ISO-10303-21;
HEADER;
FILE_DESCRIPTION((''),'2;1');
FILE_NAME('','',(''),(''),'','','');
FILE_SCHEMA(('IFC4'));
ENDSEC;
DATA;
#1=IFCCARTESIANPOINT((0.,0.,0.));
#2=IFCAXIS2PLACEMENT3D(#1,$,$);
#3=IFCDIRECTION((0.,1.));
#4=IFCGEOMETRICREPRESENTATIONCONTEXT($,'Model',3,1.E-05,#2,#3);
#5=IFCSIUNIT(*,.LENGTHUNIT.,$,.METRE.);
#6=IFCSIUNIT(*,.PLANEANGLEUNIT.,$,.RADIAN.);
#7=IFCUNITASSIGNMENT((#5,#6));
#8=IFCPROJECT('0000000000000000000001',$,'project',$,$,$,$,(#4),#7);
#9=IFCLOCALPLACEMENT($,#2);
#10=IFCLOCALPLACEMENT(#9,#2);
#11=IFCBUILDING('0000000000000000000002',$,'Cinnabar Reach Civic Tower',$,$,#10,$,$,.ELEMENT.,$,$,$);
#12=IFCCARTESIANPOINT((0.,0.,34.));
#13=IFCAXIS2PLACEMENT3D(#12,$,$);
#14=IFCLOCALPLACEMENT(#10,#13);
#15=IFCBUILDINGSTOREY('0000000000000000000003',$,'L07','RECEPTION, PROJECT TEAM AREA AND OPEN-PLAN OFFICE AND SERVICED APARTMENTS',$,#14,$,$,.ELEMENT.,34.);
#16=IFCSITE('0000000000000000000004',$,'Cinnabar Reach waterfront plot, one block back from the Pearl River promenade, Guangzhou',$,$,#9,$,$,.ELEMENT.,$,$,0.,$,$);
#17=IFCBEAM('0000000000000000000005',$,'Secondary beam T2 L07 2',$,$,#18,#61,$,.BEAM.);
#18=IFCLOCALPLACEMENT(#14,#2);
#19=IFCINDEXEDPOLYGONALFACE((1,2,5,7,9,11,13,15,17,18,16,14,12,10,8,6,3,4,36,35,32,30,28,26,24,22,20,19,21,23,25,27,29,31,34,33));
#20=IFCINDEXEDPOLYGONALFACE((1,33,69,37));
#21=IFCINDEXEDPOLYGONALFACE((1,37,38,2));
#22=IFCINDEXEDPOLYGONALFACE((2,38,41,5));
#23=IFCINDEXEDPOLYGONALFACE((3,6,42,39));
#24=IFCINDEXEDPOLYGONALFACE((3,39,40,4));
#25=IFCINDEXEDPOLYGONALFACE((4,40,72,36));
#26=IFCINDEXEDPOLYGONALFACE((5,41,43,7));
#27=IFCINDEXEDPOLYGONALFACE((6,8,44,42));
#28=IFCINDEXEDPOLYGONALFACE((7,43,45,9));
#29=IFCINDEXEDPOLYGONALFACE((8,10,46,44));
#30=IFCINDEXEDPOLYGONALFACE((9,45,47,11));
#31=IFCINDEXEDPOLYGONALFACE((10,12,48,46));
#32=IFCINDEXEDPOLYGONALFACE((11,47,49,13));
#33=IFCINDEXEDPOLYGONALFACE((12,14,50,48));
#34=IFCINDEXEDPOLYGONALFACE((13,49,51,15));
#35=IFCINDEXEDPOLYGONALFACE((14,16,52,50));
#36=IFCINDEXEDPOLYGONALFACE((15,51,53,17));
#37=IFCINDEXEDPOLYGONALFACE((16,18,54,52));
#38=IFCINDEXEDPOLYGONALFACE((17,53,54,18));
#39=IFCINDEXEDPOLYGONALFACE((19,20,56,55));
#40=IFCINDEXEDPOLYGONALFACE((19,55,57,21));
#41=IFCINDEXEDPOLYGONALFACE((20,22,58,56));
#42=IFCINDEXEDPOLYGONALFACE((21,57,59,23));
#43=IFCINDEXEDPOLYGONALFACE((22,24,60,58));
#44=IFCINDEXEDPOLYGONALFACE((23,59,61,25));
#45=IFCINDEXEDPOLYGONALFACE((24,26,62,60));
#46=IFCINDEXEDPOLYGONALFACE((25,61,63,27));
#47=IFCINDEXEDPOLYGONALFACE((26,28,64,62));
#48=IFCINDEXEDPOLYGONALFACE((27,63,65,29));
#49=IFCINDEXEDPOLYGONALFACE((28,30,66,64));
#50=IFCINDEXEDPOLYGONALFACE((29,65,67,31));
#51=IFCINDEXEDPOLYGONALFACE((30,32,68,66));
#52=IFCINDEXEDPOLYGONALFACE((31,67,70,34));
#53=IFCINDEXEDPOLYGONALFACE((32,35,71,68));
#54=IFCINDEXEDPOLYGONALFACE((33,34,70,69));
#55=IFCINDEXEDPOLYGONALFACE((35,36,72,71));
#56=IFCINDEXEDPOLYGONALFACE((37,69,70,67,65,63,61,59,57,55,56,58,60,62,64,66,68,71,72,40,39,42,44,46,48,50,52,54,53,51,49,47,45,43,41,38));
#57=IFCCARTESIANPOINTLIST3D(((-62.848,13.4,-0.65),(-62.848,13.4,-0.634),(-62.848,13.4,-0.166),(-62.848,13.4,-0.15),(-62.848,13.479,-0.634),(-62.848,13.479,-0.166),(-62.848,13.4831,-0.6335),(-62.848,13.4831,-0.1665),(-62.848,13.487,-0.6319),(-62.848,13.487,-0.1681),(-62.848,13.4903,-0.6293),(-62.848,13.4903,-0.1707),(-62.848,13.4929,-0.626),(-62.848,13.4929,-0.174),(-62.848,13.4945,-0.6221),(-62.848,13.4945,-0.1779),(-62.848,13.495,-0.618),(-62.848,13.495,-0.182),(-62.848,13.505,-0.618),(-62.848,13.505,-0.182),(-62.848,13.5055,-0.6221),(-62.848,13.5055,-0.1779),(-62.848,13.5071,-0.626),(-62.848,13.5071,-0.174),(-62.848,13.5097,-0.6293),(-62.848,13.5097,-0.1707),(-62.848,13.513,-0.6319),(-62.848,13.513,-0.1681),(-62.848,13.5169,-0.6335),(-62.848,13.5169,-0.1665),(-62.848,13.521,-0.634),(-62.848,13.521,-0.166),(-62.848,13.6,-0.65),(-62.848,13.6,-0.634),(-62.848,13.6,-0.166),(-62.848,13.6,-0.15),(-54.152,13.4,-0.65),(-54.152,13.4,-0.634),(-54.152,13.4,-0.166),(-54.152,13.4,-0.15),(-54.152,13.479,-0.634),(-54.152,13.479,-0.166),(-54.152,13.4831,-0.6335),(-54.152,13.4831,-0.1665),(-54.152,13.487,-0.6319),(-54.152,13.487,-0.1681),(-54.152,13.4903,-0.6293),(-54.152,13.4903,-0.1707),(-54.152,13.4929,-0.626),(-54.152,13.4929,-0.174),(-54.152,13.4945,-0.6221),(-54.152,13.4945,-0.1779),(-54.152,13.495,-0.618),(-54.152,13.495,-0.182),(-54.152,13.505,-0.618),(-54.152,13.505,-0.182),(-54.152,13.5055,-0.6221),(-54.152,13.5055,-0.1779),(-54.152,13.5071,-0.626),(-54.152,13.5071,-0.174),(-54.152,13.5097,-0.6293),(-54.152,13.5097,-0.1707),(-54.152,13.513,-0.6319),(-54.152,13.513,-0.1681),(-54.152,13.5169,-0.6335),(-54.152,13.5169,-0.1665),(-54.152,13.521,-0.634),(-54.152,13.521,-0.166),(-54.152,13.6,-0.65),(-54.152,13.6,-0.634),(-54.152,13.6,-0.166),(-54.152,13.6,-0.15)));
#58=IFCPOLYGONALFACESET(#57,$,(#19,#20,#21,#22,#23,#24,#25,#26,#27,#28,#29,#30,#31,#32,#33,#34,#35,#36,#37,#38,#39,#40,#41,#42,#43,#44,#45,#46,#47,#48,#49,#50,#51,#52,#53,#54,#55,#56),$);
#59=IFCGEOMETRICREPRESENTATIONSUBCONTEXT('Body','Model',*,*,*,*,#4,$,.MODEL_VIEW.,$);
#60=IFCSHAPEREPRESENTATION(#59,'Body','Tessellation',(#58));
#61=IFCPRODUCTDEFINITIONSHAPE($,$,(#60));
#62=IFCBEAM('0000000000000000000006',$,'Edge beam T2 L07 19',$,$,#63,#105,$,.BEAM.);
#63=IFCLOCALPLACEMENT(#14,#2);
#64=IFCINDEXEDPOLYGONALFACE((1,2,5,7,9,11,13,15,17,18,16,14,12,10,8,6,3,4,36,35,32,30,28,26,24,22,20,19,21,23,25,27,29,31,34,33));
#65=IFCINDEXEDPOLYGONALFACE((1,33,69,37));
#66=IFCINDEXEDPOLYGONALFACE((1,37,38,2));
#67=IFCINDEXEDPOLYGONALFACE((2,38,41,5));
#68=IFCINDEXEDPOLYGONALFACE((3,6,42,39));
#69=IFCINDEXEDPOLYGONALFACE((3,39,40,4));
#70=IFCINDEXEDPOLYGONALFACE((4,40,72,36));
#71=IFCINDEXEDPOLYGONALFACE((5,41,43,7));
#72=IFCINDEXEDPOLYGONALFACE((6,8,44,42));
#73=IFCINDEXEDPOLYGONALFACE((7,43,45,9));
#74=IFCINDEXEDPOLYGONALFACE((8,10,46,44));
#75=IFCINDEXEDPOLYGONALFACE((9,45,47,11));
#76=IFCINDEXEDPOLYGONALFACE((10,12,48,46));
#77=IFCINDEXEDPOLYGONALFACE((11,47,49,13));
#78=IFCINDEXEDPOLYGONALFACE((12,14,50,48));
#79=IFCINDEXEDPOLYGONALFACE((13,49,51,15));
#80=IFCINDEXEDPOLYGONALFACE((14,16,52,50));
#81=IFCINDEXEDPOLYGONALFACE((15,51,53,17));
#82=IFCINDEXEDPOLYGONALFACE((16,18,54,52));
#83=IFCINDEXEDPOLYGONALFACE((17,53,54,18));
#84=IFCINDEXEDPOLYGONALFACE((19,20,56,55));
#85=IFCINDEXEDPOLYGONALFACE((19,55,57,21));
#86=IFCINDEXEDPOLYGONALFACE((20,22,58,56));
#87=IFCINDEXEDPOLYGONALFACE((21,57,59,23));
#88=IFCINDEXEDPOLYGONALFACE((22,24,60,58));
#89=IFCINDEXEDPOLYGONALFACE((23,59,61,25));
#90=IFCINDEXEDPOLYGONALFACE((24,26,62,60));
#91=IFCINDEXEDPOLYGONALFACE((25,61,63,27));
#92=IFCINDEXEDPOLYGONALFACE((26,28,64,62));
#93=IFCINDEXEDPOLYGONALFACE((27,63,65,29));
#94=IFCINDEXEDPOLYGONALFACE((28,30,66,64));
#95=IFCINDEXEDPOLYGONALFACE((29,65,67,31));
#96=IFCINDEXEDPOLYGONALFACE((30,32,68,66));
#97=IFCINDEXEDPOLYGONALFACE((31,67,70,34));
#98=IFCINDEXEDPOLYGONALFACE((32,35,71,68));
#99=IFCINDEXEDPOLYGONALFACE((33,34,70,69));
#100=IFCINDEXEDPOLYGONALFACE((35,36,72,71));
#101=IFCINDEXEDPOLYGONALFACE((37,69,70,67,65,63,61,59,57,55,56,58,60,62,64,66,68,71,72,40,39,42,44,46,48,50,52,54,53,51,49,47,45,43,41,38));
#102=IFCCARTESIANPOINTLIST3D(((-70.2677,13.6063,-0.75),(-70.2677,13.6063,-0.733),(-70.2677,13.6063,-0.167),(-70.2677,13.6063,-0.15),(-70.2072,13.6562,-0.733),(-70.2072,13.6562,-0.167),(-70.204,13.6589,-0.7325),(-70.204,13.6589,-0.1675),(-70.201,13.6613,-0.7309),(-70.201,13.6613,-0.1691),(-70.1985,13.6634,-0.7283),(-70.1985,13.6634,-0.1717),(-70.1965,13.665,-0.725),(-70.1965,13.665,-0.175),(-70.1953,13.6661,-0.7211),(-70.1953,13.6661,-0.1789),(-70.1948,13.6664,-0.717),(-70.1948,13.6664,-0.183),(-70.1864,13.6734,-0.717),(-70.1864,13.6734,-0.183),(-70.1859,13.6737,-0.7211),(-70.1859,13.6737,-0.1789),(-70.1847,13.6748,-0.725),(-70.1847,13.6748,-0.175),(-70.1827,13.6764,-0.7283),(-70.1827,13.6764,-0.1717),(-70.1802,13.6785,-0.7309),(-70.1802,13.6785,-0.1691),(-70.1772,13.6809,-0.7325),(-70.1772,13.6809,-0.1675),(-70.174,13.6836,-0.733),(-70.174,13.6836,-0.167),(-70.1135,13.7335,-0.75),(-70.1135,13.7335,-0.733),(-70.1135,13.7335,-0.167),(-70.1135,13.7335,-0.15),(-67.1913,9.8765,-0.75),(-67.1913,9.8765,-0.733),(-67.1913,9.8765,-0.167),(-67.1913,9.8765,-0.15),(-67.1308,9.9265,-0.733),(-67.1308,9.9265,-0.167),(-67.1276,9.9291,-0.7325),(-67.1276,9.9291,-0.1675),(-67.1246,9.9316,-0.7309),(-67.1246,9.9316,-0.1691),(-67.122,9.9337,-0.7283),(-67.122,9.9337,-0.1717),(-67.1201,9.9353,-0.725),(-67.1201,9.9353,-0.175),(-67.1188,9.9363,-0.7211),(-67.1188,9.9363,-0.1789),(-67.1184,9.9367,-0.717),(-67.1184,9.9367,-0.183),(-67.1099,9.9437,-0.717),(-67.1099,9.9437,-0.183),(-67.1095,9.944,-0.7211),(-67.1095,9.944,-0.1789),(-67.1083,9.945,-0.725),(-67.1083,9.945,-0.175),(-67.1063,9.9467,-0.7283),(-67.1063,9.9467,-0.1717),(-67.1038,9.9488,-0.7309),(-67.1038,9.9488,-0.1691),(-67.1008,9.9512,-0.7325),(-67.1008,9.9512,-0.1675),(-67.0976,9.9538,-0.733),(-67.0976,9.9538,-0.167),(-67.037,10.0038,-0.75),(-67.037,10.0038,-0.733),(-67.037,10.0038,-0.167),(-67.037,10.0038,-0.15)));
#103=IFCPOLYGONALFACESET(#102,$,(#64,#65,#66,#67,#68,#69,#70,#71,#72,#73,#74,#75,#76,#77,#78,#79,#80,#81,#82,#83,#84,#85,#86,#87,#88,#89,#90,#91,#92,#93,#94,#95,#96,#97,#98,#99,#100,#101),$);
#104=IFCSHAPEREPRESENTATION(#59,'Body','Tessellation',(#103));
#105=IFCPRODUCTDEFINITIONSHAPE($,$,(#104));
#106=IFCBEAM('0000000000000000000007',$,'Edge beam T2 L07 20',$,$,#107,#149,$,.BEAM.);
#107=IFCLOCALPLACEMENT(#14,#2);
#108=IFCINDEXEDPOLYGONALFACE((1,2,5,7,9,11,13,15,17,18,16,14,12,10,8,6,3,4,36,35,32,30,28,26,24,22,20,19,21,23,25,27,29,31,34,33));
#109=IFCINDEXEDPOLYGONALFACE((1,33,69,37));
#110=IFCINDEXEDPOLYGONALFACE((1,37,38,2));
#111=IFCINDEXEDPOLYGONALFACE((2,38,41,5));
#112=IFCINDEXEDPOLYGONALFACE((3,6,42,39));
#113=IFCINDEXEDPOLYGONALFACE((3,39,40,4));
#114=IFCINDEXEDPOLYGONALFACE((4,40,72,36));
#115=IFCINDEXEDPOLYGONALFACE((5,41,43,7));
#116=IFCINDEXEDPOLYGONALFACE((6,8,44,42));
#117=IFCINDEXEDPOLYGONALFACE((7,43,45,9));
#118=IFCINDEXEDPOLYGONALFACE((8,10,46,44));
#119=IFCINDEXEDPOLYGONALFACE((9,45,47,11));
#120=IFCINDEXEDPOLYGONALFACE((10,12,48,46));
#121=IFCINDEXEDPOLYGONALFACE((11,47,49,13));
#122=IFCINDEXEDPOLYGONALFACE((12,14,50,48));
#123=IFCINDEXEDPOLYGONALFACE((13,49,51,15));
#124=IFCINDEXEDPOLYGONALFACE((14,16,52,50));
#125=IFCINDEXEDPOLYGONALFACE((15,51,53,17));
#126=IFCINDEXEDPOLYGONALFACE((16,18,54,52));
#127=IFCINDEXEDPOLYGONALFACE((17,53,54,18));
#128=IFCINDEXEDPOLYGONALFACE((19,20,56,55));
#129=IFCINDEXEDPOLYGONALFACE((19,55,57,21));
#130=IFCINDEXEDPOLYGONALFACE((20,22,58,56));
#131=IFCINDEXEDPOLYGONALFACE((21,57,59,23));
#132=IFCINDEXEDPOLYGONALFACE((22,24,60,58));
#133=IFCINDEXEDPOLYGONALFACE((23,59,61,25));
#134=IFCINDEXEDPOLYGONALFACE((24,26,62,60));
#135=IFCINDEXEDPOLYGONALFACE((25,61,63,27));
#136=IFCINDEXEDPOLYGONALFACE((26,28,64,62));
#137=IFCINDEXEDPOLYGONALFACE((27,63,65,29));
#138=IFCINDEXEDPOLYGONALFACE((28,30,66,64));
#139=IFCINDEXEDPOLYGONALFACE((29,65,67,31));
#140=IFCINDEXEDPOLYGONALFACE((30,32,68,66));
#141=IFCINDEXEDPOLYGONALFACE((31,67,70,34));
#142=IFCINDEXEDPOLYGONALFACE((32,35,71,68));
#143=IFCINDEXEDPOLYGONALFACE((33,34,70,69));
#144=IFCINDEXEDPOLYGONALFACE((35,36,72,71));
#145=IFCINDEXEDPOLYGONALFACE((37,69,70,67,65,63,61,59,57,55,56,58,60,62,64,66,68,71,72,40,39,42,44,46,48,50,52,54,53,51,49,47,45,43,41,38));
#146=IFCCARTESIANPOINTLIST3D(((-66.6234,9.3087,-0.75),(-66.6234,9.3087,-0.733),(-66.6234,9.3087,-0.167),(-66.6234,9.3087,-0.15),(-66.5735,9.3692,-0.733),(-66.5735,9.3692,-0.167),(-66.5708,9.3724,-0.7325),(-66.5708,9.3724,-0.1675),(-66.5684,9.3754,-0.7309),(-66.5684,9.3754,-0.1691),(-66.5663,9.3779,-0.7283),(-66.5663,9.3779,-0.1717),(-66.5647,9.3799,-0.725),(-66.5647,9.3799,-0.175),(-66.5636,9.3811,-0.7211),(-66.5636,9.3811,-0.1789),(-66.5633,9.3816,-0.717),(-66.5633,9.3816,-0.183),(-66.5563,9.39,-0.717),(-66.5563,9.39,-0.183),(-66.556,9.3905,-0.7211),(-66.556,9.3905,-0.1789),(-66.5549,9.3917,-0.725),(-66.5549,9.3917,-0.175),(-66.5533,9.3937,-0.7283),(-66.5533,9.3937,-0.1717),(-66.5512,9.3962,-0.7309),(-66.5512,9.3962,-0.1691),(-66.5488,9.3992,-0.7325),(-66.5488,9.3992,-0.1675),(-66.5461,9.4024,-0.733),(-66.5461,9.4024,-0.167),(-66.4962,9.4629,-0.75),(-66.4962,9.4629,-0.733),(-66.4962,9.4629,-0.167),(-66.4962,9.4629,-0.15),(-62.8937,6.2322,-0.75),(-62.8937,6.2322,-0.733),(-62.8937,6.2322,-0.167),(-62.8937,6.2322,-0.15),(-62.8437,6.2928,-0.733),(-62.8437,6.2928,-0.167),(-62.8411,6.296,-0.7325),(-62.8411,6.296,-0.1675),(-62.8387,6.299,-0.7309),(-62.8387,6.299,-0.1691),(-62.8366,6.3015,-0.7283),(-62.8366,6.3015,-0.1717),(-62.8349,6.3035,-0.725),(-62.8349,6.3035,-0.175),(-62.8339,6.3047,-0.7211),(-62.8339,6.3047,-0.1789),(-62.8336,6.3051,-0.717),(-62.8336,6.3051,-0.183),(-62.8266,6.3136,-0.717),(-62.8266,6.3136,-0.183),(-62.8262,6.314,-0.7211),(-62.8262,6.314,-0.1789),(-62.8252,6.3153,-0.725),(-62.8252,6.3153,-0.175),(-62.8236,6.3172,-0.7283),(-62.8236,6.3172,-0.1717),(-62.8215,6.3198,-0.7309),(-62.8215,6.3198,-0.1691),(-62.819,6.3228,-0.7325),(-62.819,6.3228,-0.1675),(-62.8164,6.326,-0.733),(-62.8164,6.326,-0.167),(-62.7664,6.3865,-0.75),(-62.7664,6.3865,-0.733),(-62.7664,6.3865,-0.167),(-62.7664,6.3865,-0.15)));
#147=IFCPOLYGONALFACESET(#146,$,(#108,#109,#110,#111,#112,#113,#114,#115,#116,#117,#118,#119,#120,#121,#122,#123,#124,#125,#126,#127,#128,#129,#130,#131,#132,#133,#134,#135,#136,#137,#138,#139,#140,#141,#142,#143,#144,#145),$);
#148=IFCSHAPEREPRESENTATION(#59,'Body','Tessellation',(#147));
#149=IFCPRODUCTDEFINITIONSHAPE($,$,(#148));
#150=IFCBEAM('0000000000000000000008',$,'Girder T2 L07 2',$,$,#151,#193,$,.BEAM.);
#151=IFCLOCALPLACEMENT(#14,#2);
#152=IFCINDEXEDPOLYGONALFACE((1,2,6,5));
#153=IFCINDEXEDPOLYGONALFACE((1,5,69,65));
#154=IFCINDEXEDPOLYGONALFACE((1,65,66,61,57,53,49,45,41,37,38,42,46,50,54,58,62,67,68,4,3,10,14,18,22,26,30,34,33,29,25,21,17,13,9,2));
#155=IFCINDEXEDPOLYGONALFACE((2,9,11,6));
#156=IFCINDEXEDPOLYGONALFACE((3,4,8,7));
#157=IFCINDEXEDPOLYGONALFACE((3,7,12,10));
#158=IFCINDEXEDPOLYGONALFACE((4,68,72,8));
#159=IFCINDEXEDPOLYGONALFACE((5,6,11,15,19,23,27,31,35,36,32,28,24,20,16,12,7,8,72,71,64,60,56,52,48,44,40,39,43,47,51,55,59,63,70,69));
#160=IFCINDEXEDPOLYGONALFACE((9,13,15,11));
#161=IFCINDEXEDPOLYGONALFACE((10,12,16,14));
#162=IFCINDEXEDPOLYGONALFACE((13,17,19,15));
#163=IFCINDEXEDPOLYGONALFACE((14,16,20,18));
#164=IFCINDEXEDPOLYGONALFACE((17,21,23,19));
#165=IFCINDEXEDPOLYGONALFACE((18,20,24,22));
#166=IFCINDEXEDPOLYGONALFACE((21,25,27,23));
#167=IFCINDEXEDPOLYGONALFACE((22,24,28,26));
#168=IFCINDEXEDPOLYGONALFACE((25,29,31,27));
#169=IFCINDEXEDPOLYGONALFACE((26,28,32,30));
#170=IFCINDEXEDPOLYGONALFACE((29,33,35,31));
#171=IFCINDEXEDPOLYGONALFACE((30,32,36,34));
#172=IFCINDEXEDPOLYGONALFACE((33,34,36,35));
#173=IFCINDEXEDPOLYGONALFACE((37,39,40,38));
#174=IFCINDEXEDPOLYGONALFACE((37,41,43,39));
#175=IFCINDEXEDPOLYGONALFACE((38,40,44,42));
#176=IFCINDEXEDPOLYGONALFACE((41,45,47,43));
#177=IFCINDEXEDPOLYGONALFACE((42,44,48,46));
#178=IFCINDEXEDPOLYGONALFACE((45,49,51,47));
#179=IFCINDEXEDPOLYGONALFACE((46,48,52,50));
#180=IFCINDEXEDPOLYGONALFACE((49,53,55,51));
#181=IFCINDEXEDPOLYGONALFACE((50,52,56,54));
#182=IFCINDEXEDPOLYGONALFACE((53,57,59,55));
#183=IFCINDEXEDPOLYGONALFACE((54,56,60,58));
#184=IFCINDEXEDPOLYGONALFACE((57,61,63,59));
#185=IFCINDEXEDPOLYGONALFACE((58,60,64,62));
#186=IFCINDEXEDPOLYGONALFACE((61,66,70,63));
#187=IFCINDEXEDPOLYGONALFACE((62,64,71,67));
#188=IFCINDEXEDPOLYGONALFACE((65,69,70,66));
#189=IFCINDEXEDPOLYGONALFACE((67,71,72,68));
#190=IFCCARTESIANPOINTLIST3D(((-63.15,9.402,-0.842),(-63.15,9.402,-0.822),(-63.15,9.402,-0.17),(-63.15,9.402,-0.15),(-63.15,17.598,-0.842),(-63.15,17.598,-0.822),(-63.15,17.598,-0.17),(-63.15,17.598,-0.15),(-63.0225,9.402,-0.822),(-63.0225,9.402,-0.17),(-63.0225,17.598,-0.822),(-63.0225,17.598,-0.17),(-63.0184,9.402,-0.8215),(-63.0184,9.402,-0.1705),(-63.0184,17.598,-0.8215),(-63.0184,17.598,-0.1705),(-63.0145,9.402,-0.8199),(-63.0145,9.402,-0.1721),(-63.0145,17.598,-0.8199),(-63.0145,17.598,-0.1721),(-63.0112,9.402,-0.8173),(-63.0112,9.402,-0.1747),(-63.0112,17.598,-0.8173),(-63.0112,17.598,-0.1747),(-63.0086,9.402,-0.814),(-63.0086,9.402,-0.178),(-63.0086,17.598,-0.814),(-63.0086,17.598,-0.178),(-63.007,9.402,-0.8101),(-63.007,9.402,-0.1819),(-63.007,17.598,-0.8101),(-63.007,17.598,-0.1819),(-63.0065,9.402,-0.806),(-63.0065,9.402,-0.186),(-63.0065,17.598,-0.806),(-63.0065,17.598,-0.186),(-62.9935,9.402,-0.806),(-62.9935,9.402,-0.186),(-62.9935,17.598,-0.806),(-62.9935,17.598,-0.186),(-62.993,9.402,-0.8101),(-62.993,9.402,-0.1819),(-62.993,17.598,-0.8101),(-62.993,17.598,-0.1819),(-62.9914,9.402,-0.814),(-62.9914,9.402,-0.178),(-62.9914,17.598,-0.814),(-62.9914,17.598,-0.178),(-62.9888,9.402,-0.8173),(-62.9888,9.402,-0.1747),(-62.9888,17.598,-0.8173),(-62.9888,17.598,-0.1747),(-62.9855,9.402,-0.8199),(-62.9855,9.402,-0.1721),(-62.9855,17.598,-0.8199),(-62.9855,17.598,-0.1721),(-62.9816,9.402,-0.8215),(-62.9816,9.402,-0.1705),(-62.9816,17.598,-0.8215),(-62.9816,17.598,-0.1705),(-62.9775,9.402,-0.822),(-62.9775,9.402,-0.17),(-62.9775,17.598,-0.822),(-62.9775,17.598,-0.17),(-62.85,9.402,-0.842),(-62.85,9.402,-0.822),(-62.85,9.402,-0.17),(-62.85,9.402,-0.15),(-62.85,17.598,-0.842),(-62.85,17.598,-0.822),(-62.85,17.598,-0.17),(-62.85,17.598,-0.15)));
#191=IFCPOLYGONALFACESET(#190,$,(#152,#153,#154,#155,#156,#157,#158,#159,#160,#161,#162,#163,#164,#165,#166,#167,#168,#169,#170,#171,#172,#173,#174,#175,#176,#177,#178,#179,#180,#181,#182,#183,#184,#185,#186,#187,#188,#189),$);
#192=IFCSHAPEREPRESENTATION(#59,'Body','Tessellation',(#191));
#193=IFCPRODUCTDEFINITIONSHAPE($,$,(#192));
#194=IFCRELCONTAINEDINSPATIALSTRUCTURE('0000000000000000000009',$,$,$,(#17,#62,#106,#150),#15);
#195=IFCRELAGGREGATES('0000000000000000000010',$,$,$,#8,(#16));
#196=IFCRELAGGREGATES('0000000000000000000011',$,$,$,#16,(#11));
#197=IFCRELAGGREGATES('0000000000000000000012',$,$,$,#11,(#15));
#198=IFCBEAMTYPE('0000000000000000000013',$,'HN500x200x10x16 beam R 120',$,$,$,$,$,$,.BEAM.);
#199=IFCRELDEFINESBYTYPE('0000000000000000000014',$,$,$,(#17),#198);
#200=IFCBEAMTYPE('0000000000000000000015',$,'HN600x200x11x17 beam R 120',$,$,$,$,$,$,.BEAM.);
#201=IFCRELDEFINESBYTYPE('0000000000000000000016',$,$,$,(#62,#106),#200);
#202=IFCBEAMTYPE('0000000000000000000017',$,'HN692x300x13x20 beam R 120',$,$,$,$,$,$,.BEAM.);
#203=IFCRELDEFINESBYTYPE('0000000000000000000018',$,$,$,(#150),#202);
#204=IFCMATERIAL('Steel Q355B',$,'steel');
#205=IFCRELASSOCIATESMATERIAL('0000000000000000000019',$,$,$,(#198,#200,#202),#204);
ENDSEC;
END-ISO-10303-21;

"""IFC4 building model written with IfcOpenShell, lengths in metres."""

from ifc_helpers import new_model, si_unit, direction, frame, origin, origin_2d, place, context, subcontext, project, spatial, i_section, extrude, material, material_profile, profile_set, type_object, element, save


model = new_model("IFC4")

# Units and contexts
model_context = context("Model", 3, precision=1e-05, world=origin(), true_north=direction((0.0, 1.0)))
body_context = subcontext(model_context, "Body", "Model", "MODEL_VIEW")
ifc_project = project(units=[si_unit("LENGTHUNIT", "METRE"), si_unit("PLANEANGLEUNIT", "RADIAN")], contexts=[model_context])

# Site, building, storey
site_placement = place(None, origin())
site = spatial("IfcSite", under=ifc_project, at=site_placement, Name="Cinnabar Reach waterfront plot, one block back from the Pearl River promenade, Guangzhou", CompositionType="ELEMENT", RefElevation=0.0)
building_placement = place(site_placement, origin())
building = spatial("IfcBuilding", under=site, at=building_placement, Name="Cinnabar Reach Civic Tower", CompositionType="ELEMENT")
storey_placement = place(building_placement, frame((0.0, 0.0, 34.0)))
storey = spatial("IfcBuildingStorey", under=building, at=storey_placement, Name="L07", Description="RECEPTION, PROJECT TEAM AREA AND OPEN-PLAN OFFICE AND SERVICED APARTMENTS", CompositionType="ELEMENT", Elevation=34.0)

# Beams
ifc_material_1 = material(Name="Steel Q355B", Category="steel")
ifc_material_profile_1 = material_profile(ifc_material_1, i_section(OverallWidth=0.2, OverallDepth=0.5, WebThickness=0.01, FlangeThickness=0.016, FilletRadius=0.016, at=origin_2d()), Name="HN500x200x10x16")
ifc_profile_set_1 = profile_set([ifc_material_profile_1], Name="Steel Q355B")
beam_type_1 = type_object("IfcBeamType", Name="HN500x200x10x16 beam R 120", PredefinedType="BEAM", material=ifc_profile_set_1)
beam_1_placement = place(storey_placement, frame((-62.848, 13.5, -0.4), z_axis=(1.0, 0.0, 0.0), x_axis=(0.0, 1.0, 0.0)))
element("IfcBeam", 1, at=beam_1_placement, inside=storey, type_object=beam_type_1, Name="Secondary beam T2 L07 2", PredefinedType="BEAM", context=body_context, shape_type="SweptSolid", body=[
    extrude(i_section(OverallWidth=0.2, OverallDepth=0.5, WebThickness=0.01, FlangeThickness=0.016, FilletRadius=0.016, at=origin_2d()), origin(), (0.0, 0.0, 1.0), 8.696),
])
ifc_material_profile_2 = material_profile(ifc_material_1, i_section(OverallWidth=0.2, OverallDepth=0.6, WebThickness=0.011, FlangeThickness=0.017, FilletRadius=0.016, at=origin_2d()), Name="HN600x200x11x17")
ifc_profile_set_2 = profile_set([ifc_material_profile_2], Name="Steel Q355B")
beam_type_2 = type_object("IfcBeamType", Name="HN600x200x11x17 beam R 120", PredefinedType="BEAM", material=ifc_profile_set_2)
for number, where, z_axis, x_axis, name in (
    (2, (-70.1906, 13.6699, -0.45), (0.636309, -0.771434, 0.0), (0.771434, 0.636309, 0.0), "Edge beam T2 L07 19"),
    (3, (-66.5598, 9.3858, -0.45), (0.771434, -0.636309, 0.0), (0.636309, 0.771434, 0.0), "Edge beam T2 L07 20"),
):
    element("IfcBeam", number, at=place(storey_placement, frame(where, z_axis=z_axis, x_axis=x_axis)), inside=storey, type_object=beam_type_2, Name=name, PredefinedType="BEAM", context=body_context, shape_type="SweptSolid", body=[
        extrude(i_section(OverallWidth=0.2, OverallDepth=0.6, WebThickness=0.011, FlangeThickness=0.017, FilletRadius=0.016, at=origin_2d()), origin(), (0.0, 0.0, 1.0), 4.8348),
    ])
ifc_material_profile_3 = material_profile(ifc_material_1, i_section(OverallWidth=0.3, OverallDepth=0.692, WebThickness=0.013, FlangeThickness=0.02, FilletRadius=0.016, at=origin_2d()), Name="HN692x300x13x20")
ifc_profile_set_3 = profile_set([ifc_material_profile_3], Name="Steel Q355B")
beam_type_3 = type_object("IfcBeamType", Name="HN692x300x13x20 beam R 120", PredefinedType="BEAM", material=ifc_profile_set_3)
beam_2_placement = place(storey_placement, frame((-63.0, 9.402, -0.496), z_axis=(0.0, 1.0, 0.0), x_axis=(-1.0, 0.0, 0.0)))
element("IfcBeam", 4, at=beam_2_placement, inside=storey, type_object=beam_type_3, Name="Girder T2 L07 2", PredefinedType="BEAM", context=body_context, shape_type="SweptSolid", body=[
    extrude(i_section(OverallWidth=0.3, OverallDepth=0.692, WebThickness=0.013, FlangeThickness=0.02, FilletRadius=0.016, at=origin_2d()), origin(), (0.0, 0.0, 1.0), 8.196),
])

save(model, "model.ifc")
